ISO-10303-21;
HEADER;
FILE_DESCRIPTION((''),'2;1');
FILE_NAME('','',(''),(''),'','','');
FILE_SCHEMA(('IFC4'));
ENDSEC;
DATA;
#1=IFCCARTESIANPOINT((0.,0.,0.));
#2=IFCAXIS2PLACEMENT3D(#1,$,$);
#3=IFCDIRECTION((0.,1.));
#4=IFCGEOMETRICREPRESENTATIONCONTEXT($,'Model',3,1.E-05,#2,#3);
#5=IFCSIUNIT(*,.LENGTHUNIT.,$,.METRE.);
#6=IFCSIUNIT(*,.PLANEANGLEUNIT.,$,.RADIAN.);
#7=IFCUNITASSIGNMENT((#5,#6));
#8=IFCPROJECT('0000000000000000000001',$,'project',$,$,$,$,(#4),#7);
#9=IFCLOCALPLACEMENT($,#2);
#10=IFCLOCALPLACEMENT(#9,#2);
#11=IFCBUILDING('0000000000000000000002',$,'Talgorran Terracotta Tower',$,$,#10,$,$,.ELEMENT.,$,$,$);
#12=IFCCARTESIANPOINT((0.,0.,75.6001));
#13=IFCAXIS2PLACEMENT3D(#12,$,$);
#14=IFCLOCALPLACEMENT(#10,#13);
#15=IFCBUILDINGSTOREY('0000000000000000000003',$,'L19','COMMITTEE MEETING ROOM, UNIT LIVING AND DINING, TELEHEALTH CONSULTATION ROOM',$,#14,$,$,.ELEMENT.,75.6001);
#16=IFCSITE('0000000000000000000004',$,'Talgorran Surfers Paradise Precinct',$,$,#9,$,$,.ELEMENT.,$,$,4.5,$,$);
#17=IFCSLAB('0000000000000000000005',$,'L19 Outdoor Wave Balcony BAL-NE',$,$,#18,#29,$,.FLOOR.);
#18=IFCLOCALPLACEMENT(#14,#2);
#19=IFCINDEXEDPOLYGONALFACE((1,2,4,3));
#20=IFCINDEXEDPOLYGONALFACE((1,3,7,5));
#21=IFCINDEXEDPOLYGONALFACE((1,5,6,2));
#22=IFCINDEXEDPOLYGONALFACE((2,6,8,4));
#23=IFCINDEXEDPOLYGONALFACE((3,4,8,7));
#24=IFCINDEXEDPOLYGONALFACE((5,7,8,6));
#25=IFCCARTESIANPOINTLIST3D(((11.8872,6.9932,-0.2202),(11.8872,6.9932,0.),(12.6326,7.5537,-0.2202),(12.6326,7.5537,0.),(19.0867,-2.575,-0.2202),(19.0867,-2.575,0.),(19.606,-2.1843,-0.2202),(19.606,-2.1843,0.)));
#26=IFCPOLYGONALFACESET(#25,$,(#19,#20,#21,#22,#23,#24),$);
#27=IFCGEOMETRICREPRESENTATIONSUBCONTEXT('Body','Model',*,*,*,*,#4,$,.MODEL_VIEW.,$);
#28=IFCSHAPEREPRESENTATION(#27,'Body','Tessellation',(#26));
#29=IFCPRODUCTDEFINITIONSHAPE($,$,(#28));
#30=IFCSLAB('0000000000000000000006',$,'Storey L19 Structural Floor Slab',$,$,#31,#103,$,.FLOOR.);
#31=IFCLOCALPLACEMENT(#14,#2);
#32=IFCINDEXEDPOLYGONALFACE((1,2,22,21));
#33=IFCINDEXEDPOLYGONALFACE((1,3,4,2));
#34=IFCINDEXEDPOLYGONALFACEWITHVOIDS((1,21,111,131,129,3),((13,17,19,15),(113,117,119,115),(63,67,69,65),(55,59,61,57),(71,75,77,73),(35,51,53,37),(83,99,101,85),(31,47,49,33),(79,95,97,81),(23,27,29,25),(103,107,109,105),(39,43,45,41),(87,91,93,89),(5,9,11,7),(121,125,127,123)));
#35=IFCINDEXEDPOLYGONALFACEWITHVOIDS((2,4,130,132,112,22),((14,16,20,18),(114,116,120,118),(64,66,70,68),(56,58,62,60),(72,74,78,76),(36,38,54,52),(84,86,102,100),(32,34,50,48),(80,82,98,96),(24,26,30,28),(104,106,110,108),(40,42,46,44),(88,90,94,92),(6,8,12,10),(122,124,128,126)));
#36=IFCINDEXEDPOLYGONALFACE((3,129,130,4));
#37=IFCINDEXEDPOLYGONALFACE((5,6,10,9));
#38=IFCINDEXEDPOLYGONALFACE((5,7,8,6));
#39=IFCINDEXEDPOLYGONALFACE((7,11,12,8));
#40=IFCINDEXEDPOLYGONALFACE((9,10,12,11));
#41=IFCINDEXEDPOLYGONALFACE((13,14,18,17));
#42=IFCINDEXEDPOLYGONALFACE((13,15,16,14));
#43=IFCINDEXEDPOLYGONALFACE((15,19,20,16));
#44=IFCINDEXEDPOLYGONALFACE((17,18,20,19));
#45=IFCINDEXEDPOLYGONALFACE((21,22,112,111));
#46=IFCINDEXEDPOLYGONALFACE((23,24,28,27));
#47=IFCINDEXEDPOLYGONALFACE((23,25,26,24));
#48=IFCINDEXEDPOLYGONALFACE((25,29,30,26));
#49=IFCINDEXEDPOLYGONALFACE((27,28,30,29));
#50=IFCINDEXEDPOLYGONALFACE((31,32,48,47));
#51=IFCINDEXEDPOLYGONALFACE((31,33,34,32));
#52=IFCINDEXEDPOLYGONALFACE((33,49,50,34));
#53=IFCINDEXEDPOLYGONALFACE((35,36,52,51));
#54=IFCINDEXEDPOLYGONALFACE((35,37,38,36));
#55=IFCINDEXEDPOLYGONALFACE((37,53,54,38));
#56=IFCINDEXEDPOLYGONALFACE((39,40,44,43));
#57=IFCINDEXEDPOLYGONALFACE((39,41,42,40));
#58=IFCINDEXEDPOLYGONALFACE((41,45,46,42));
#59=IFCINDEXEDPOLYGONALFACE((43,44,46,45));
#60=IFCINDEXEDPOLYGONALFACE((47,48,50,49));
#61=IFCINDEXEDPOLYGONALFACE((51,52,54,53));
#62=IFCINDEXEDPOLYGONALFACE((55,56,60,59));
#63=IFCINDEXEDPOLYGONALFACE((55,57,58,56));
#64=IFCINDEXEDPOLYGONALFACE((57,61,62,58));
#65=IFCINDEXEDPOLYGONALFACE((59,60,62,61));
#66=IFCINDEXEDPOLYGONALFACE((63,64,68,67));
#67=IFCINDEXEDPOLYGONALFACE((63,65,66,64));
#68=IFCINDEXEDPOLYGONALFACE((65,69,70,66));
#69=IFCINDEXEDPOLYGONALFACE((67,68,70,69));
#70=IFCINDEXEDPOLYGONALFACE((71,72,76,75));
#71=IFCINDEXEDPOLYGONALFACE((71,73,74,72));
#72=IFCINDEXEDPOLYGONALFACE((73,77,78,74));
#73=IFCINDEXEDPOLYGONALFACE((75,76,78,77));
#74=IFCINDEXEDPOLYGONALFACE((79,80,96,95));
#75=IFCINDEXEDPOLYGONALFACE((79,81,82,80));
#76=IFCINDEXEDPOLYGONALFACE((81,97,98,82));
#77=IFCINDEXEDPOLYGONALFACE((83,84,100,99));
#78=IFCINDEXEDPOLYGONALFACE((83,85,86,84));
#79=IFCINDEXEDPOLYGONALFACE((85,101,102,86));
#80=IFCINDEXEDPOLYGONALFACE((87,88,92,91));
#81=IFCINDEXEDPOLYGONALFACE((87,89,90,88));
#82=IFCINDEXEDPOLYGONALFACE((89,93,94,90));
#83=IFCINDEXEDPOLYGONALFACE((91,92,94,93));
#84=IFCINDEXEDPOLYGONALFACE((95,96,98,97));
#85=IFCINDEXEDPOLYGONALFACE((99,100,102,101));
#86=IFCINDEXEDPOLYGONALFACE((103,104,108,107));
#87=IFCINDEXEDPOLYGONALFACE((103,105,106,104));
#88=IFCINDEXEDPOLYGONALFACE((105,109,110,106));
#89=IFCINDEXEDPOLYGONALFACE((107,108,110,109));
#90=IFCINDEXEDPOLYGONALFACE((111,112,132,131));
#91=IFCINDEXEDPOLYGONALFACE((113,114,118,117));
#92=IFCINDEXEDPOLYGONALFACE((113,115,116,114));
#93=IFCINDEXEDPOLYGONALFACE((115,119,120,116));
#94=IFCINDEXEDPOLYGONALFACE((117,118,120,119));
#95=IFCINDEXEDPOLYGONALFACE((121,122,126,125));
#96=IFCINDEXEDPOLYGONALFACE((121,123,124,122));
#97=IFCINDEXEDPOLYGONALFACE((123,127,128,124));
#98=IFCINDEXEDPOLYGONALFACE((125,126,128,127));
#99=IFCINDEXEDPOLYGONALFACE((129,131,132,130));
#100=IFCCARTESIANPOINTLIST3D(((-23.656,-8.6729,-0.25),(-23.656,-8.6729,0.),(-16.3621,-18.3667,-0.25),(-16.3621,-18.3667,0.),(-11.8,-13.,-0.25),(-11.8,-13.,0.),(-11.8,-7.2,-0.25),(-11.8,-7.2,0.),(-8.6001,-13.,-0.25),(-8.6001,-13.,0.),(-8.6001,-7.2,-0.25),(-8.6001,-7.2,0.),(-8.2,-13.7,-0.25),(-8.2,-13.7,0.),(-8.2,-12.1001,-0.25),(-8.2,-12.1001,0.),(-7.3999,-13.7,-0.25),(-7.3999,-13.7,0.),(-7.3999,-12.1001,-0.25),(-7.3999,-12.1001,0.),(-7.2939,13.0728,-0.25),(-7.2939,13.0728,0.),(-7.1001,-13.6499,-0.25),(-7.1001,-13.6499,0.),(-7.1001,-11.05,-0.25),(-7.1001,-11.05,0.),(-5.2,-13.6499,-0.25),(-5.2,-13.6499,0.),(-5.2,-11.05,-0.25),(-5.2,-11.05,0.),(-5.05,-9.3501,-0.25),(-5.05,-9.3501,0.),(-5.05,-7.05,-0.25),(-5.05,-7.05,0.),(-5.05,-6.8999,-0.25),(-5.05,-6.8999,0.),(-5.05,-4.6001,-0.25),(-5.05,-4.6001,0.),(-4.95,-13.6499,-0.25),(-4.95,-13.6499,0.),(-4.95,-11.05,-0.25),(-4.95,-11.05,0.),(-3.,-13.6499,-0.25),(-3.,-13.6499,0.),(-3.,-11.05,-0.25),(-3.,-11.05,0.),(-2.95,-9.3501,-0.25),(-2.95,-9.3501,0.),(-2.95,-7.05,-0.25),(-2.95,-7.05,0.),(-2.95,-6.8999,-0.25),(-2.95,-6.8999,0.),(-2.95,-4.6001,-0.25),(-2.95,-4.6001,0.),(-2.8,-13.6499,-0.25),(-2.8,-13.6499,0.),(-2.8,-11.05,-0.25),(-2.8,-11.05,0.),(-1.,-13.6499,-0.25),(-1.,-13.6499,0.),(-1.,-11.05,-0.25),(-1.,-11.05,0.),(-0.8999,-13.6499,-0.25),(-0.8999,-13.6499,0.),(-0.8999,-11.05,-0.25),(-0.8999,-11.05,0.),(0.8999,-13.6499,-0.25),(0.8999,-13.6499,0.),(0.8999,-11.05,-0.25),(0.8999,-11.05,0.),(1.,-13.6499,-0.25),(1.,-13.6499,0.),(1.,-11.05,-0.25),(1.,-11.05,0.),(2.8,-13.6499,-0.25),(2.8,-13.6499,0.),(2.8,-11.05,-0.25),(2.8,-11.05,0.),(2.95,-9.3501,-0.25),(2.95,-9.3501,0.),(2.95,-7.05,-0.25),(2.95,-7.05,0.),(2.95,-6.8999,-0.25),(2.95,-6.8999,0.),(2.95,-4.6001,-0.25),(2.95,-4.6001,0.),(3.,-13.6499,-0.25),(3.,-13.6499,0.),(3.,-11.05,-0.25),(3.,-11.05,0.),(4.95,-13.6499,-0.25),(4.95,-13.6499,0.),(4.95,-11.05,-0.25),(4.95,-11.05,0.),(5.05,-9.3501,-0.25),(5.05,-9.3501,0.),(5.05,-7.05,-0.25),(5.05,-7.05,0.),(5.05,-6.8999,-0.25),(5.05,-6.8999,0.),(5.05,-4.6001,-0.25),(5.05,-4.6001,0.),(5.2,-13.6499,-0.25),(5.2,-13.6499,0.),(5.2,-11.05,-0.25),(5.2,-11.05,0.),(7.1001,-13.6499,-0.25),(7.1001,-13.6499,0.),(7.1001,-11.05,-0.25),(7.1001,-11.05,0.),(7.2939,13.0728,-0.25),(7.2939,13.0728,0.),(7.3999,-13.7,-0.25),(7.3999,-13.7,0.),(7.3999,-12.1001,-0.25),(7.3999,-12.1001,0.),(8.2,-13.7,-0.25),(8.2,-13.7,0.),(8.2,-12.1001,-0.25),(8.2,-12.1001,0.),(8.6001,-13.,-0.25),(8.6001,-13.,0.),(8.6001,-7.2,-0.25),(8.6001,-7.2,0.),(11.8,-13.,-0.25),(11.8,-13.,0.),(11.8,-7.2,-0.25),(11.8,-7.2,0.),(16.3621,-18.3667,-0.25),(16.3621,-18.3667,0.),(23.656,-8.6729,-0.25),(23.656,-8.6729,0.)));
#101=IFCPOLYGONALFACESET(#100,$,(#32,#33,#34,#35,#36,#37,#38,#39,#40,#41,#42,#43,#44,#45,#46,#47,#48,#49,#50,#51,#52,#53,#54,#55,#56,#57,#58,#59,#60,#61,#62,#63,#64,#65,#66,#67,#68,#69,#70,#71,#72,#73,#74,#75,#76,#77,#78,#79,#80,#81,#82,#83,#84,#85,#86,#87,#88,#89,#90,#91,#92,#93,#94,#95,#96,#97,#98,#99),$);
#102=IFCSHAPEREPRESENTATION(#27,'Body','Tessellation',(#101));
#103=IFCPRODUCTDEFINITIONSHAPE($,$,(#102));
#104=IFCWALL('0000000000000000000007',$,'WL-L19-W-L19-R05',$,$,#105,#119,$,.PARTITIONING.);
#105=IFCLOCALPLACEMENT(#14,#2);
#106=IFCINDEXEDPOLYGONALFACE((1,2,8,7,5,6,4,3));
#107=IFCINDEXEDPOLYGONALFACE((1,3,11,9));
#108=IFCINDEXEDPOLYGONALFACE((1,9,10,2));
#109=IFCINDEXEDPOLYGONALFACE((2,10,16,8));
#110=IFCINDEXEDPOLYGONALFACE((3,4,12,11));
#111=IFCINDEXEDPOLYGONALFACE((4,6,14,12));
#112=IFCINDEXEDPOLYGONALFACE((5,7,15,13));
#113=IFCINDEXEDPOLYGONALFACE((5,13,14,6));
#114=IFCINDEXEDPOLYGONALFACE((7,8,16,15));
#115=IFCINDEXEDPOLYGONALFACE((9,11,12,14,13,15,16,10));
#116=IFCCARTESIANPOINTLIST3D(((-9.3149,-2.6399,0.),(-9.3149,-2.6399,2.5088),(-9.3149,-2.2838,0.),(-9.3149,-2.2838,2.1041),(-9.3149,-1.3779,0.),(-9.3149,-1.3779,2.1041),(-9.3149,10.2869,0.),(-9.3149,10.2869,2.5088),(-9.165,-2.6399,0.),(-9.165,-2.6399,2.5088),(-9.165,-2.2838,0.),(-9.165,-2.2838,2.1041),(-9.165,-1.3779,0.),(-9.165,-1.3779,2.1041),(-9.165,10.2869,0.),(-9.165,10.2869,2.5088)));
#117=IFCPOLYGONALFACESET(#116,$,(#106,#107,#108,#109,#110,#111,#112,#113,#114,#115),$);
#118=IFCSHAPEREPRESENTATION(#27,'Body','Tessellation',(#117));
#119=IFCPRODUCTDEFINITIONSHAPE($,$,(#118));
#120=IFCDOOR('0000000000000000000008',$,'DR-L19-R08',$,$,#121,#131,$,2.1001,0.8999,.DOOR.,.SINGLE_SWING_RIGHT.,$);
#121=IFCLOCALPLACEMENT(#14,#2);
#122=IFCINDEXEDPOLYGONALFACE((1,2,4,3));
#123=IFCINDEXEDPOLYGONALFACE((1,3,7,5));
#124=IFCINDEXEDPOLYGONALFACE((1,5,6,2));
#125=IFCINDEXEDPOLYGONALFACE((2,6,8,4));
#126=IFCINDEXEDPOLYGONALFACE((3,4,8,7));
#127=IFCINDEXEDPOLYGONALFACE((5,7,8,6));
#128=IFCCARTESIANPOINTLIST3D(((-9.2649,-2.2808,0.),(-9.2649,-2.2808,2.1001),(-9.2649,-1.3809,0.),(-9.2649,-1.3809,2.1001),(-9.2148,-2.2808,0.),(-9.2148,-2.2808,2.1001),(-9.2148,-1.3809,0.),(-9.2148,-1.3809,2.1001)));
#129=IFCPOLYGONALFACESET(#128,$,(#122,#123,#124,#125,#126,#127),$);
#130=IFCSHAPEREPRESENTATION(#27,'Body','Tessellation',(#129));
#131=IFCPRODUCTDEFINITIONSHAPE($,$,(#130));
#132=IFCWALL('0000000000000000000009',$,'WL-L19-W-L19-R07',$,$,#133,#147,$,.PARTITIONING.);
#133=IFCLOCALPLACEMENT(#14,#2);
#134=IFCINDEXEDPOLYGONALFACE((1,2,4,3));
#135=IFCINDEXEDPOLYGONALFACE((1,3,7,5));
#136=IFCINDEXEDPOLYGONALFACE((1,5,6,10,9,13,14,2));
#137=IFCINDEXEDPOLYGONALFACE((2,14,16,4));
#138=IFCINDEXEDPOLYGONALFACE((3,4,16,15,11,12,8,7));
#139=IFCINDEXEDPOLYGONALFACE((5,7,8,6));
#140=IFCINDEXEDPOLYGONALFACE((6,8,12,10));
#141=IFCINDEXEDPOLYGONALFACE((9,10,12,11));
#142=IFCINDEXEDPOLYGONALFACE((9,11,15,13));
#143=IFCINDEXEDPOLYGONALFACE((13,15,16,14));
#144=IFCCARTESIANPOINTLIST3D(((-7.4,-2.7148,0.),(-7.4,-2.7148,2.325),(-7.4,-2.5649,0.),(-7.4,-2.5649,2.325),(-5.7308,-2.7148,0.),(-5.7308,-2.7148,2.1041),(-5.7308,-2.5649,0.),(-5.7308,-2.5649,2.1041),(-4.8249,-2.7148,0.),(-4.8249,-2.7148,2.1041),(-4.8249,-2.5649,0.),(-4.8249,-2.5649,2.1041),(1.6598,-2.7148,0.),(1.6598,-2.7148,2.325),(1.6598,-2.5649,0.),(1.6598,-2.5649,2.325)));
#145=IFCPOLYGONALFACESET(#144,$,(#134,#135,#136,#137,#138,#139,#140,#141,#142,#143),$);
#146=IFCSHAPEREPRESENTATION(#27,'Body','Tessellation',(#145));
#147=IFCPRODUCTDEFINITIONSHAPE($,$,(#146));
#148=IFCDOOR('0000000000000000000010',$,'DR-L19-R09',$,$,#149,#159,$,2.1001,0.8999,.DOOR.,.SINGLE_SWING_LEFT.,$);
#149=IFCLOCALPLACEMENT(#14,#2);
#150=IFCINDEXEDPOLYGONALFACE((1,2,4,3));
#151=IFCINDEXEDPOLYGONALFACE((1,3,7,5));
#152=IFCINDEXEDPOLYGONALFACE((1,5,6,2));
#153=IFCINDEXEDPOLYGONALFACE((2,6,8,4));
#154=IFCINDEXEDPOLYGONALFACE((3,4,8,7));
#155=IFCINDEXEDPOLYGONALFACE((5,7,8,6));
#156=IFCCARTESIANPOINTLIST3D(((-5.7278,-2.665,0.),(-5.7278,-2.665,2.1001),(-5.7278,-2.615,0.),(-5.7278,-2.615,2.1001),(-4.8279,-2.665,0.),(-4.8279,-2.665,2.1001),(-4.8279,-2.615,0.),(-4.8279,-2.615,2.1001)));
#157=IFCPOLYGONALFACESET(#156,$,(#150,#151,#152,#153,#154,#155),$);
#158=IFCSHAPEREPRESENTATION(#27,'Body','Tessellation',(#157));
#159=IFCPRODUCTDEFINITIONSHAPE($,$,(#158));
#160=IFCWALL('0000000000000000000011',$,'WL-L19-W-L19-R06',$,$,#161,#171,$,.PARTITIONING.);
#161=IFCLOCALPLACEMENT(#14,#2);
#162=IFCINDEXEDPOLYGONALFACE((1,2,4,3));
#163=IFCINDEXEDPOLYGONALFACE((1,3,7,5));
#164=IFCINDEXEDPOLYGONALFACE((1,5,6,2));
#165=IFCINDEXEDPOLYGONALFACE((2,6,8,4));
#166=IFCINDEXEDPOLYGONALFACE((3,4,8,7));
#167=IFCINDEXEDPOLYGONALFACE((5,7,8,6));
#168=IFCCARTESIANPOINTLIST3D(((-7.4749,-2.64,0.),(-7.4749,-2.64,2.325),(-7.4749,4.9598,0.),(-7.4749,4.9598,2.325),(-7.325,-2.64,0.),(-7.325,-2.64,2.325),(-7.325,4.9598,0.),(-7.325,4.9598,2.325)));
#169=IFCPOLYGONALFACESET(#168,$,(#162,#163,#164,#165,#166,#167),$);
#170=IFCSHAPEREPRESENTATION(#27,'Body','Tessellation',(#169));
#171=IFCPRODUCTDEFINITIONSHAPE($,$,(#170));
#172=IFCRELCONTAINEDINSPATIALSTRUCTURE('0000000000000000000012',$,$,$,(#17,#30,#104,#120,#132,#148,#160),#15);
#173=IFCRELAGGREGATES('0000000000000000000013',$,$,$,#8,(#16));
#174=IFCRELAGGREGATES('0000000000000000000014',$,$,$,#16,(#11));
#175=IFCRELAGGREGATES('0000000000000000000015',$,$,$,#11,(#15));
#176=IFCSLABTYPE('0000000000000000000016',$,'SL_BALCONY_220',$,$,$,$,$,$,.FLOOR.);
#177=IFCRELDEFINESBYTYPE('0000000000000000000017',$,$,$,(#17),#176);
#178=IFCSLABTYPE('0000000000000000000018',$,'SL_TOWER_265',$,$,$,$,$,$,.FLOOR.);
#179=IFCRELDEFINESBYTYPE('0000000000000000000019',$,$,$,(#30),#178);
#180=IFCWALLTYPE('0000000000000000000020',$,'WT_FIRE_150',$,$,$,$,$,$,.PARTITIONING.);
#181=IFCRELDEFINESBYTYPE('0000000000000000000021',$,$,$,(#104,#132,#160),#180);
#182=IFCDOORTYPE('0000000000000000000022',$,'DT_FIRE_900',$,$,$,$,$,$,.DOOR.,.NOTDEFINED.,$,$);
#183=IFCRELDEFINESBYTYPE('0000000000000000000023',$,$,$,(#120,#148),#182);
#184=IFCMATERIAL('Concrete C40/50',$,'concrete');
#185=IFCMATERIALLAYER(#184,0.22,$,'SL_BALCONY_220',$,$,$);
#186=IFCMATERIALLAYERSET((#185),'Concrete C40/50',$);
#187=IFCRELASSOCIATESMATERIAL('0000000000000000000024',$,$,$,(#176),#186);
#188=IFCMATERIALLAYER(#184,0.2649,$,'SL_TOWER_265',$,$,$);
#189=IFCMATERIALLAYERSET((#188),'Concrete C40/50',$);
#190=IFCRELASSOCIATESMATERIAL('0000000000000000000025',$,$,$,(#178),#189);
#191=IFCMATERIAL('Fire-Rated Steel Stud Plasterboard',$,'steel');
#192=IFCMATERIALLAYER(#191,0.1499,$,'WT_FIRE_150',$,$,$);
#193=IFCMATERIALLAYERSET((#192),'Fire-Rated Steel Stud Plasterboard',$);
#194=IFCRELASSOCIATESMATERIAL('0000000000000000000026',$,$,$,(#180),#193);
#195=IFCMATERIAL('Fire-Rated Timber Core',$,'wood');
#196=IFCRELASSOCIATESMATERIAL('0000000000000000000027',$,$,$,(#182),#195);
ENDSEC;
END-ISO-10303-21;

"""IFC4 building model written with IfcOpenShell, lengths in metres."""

from ifc_helpers import new_model, si_unit, direction, frame, frame_2d, origin, place, context, subcontext, project, spatial, polyline, rectangle, outline, extrude, material, layer, layer_set, type_object, element, fill, save


model = new_model("IFC4")

# Units and contexts
model_context = context("Model", 3, precision=1e-05, world=origin(), true_north=direction((0.0, 1.0)))
body_context = subcontext(model_context, "Body", "Model", "MODEL_VIEW")
ifc_project = project(units=[si_unit("LENGTHUNIT", "METRE"), si_unit("PLANEANGLEUNIT", "RADIAN")], contexts=[model_context])

# Site, building, storey
site_placement = place(None, origin())
site = spatial("IfcSite", under=ifc_project, at=site_placement, Name="Talgorran Surfers Paradise Precinct", CompositionType="ELEMENT", RefElevation=4.5)
building_placement = place(site_placement, origin())
building = spatial("IfcBuilding", under=site, at=building_placement, Name="Talgorran Terracotta Tower", CompositionType="ELEMENT")
storey_placement = place(building_placement, frame((0.0, 0.0, 75.6001)))
storey = spatial("IfcBuildingStorey", under=building, at=storey_placement, Name="L19", Description="COMMITTEE MEETING ROOM, UNIT LIVING AND DINING, TELEHEALTH CONSULTATION ROOM", CompositionType="ELEMENT", Elevation=75.6001)

# Slabs
ifc_material_1 = material(Name="Concrete C40/50", Category="concrete")
ifc_layer_1 = layer(ifc_material_1, 0.22, Name="SL_BALCONY_220")
ifc_layer_set_1 = layer_set([ifc_layer_1], Name="Concrete C40/50")
slab_type_1 = type_object("IfcSlabType", Name="SL_BALCONY_220", PredefinedType="FLOOR", material=ifc_layer_set_1)
slab_1_placement = place(storey_placement, frame((0.0, 0.0, -0.2202)))
element("IfcSlab", 1, at=slab_1_placement, inside=storey, type_object=slab_type_1, Name="L19 Outdoor Wave Balcony BAL-NE", PredefinedType="FLOOR", context=body_context, shape_type="SweptSolid", body=[
    extrude(outline(polyline([(11.8872, 6.9932), (19.0867, -2.575), (19.606, -2.1843), (12.6326, 7.5537), (11.8872, 6.9932)])), origin(), (0.0, 0.0, 1.0), 0.2202),
])
ifc_layer_2 = layer(ifc_material_1, 0.2649, Name="SL_TOWER_265")
ifc_layer_set_2 = layer_set([ifc_layer_2], Name="Concrete C40/50")
slab_type_2 = type_object("IfcSlabType", Name="SL_TOWER_265", PredefinedType="FLOOR", material=ifc_layer_set_2)
slab_2_placement = place(storey_placement, frame((0.0, 0.0, -0.25)))
element("IfcSlab", 2, at=slab_2_placement, inside=storey, type_object=slab_type_2, Name="Storey L19 Structural Floor Slab", PredefinedType="FLOOR", context=body_context, shape_type="SweptSolid", body=[
    extrude(outline(polyline([(-23.656, -8.6729), (-16.3621, -18.3667), (16.3621, -18.3667), (23.656, -8.6729), (7.2939, 13.0728), (-7.2939, 13.0728), (-23.656, -8.6729)]), holes=[polyline([(-11.8, -7.2), (-11.8, -13.0), (-8.6001, -13.0), (-8.6001, -7.2), (-11.8, -7.2)]), polyline([(8.6001, -7.2), (8.6001, -13.0), (11.8, -13.0), (11.8, -7.2), (8.6001, -7.2)]), polyline([(-7.1001, -13.6499), (-5.2, -13.6499), (-5.2, -11.05), (-7.1001, -11.05), (-7.1001, -13.6499)]), polyline([(5.2, -13.6499), (7.1001, -13.6499), (7.1001, -11.05), (5.2, -11.05), (5.2, -13.6499)]), polyline([(3.0, -13.6499), (4.95, -13.6499), (4.95, -11.05), (3.0, -11.05), (3.0, -13.6499)]), polyline([(-4.95, -13.6499), (-3.0, -13.6499), (-3.0, -11.05), (-4.95, -11.05), (-4.95, -13.6499)]), polyline([(-5.05, -9.3501), (-2.95, -9.3501), (-2.95, -7.05), (-5.05, -7.05), (-5.05, -9.3501)]), polyline([(-5.05, -6.8999), (-2.95, -6.8999), (-2.95, -4.6001), (-5.05, -4.6001), (-5.05, -6.8999)]), polyline([(2.95, -9.3501), (5.05, -9.3501), (5.05, -7.05), (2.95, -7.05), (2.95, -9.3501)]), polyline([(2.95, -6.8999), (5.05, -6.8999), (5.05, -4.6001), (2.95, -4.6001), (2.95, -6.8999)]), polyline([(-2.8, -13.6499), (-1.0, -13.6499), (-1.0, -11.05), (-2.8, -11.05), (-2.8, -13.6499)]), polyline([(-0.8999, -13.6499), (0.8999, -13.6499), (0.8999, -11.05), (-0.8999, -11.05), (-0.8999, -13.6499)]), polyline([(1.0, -13.6499), (2.8, -13.6499), (2.8, -11.05), (1.0, -11.05), (1.0, -13.6499)]), polyline([(-8.2, -13.7), (-7.3999, -13.7), (-7.3999, -12.1001), (-8.2, -12.1001), (-8.2, -13.7)]), polyline([(7.3999, -13.7), (8.2, -13.7), (8.2, -12.1001), (7.3999, -12.1001), (7.3999, -13.7)])]), origin(), (0.0, 0.0, 1.0), 0.25),
])

# Walls, openings, doors
ifc_material_2 = material(Name="Fire-Rated Steel Stud Plasterboard", Category="steel")
ifc_layer_3 = layer(ifc_material_2, 0.1499, Name="WT_FIRE_150")
ifc_layer_set_3 = layer_set([ifc_layer_3], Name="Fire-Rated Steel Stud Plasterboard")
wall_type_1 = type_object("IfcWallType", Name="WT_FIRE_150", PredefinedType="PARTITIONING", material=ifc_layer_set_3)
wall_1_placement = place(storey_placement, frame((-9.24, -2.6399, 0.0), z_axis=(0.0, 0.0, 1.0), x_axis=(0.0, 1.0, 0.0)))
wall_1 = element("IfcWall", 3, at=wall_1_placement, inside=storey, type_object=wall_type_1, Name="WL-L19-W-L19-R05", PredefinedType="PARTITIONING", context=body_context, shape_type="SweptSolid", body=[
    extrude(rectangle(XDim=12.9268, YDim=0.1499, at=frame_2d((6.4634, 0.0))), origin(), (0.0, 0.0, 1.0), 2.5088),
])
opening_1_placement = place(wall_1_placement, frame((0.3591, 0.0, 0.0)))
opening_1 = element("IfcOpeningElement", 4, at=opening_1_placement, cuts=wall_1, PredefinedType="OPENING", context=body_context, shape_type="SweptSolid", body=[
    extrude(rectangle(XDim=0.9059, YDim=2.1041, at=frame_2d((0.45, 1.052))), frame((0.0, 0.085, 0.0), z_axis=(0.0, -1.0, 0.0), x_axis=(1.0, 0.0, 0.0)), (0.0, 0.0, 1.0), 0.1699),
])
ifc_material_3 = material(Name="Fire-Rated Timber Core", Category="wood")
door_type_1 = type_object("IfcDoorType", Name="DT_FIRE_900", OperationType="NOTDEFINED", PredefinedType="DOOR", material=ifc_material_3)
door_1_placement = place(opening_1_placement, origin())
door_1 = element("IfcDoor", 5, at=door_1_placement, inside=storey, type_object=door_type_1, Name="DR-L19-R08", OperationType="SINGLE_SWING_RIGHT", OverallHeight=2.1001, OverallWidth=0.8999, PredefinedType="DOOR", context=body_context, shape_type="SweptSolid", body=[
    extrude(rectangle(XDim=0.8999, YDim=2.1001, at=frame_2d((0.45, 1.05))), frame((0.0, 0.0249, 0.0), z_axis=(0.0, -1.0, 0.0), x_axis=(1.0, 0.0, 0.0)), (0.0, 0.0, 1.0), 0.05),
])
fill(opening_1, door_1)
wall_2_placement = place(storey_placement, frame((-7.3999, -2.6399, 0.0), z_axis=(0.0, 0.0, 1.0), x_axis=(1.0, 0.0, 0.0)))
wall_2 = element("IfcWall", 6, at=wall_2_placement, inside=storey, type_object=wall_type_1, Name="WL-L19-W-L19-R07", PredefinedType="PARTITIONING", context=body_context, shape_type="SweptSolid", body=[
    extrude(rectangle(XDim=9.0598, YDim=0.1499, at=frame_2d((4.5298, 0.0))), origin(), (0.0, 0.0, 1.0), 2.325),
])
opening_2_placement = place(wall_2_placement, frame((1.6721, 0.0, 0.0)))
opening_2 = element("IfcOpeningElement", 7, at=opening_2_placement, cuts=wall_2, PredefinedType="OPENING", context=body_context, shape_type="SweptSolid", body=[
    extrude(rectangle(XDim=0.9059, YDim=2.1041, at=frame_2d((0.45, 1.052))), frame((0.0, 0.085, 0.0), z_axis=(0.0, -1.0, 0.0), x_axis=(1.0, 0.0, 0.0)), (0.0, 0.0, 1.0), 0.1699),
])
door_2_placement = place(opening_2_placement, origin())
door_2 = element("IfcDoor", 8, at=door_2_placement, inside=storey, type_object=door_type_1, Name="DR-L19-R09", OperationType="SINGLE_SWING_LEFT", OverallHeight=2.1001, OverallWidth=0.8999, PredefinedType="DOOR", context=body_context, shape_type="SweptSolid", body=[
    extrude(rectangle(XDim=0.8999, YDim=2.1001, at=frame_2d((0.45, 1.05))), frame((0.0, 0.0249, 0.0), z_axis=(0.0, -1.0, 0.0), x_axis=(1.0, 0.0, 0.0)), (0.0, 0.0, 1.0), 0.05),
])
fill(opening_2, door_2)

# Wall
wall_3_placement = place(storey_placement, frame((-7.3999, -2.6399, 0.0), z_axis=(0.0, 0.0, 1.0), x_axis=(0.0, 1.0, 0.0)))
element("IfcWall", 9, at=wall_3_placement, inside=storey, type_object=wall_type_1, Name="WL-L19-W-L19-R06", PredefinedType="PARTITIONING", context=body_context, shape_type="SweptSolid", body=[
    extrude(rectangle(XDim=7.5999, YDim=0.1499, at=frame_2d((3.7998, 0.0))), origin(), (0.0, 0.0, 1.0), 2.325),
])

save(model, "model.ifc")
